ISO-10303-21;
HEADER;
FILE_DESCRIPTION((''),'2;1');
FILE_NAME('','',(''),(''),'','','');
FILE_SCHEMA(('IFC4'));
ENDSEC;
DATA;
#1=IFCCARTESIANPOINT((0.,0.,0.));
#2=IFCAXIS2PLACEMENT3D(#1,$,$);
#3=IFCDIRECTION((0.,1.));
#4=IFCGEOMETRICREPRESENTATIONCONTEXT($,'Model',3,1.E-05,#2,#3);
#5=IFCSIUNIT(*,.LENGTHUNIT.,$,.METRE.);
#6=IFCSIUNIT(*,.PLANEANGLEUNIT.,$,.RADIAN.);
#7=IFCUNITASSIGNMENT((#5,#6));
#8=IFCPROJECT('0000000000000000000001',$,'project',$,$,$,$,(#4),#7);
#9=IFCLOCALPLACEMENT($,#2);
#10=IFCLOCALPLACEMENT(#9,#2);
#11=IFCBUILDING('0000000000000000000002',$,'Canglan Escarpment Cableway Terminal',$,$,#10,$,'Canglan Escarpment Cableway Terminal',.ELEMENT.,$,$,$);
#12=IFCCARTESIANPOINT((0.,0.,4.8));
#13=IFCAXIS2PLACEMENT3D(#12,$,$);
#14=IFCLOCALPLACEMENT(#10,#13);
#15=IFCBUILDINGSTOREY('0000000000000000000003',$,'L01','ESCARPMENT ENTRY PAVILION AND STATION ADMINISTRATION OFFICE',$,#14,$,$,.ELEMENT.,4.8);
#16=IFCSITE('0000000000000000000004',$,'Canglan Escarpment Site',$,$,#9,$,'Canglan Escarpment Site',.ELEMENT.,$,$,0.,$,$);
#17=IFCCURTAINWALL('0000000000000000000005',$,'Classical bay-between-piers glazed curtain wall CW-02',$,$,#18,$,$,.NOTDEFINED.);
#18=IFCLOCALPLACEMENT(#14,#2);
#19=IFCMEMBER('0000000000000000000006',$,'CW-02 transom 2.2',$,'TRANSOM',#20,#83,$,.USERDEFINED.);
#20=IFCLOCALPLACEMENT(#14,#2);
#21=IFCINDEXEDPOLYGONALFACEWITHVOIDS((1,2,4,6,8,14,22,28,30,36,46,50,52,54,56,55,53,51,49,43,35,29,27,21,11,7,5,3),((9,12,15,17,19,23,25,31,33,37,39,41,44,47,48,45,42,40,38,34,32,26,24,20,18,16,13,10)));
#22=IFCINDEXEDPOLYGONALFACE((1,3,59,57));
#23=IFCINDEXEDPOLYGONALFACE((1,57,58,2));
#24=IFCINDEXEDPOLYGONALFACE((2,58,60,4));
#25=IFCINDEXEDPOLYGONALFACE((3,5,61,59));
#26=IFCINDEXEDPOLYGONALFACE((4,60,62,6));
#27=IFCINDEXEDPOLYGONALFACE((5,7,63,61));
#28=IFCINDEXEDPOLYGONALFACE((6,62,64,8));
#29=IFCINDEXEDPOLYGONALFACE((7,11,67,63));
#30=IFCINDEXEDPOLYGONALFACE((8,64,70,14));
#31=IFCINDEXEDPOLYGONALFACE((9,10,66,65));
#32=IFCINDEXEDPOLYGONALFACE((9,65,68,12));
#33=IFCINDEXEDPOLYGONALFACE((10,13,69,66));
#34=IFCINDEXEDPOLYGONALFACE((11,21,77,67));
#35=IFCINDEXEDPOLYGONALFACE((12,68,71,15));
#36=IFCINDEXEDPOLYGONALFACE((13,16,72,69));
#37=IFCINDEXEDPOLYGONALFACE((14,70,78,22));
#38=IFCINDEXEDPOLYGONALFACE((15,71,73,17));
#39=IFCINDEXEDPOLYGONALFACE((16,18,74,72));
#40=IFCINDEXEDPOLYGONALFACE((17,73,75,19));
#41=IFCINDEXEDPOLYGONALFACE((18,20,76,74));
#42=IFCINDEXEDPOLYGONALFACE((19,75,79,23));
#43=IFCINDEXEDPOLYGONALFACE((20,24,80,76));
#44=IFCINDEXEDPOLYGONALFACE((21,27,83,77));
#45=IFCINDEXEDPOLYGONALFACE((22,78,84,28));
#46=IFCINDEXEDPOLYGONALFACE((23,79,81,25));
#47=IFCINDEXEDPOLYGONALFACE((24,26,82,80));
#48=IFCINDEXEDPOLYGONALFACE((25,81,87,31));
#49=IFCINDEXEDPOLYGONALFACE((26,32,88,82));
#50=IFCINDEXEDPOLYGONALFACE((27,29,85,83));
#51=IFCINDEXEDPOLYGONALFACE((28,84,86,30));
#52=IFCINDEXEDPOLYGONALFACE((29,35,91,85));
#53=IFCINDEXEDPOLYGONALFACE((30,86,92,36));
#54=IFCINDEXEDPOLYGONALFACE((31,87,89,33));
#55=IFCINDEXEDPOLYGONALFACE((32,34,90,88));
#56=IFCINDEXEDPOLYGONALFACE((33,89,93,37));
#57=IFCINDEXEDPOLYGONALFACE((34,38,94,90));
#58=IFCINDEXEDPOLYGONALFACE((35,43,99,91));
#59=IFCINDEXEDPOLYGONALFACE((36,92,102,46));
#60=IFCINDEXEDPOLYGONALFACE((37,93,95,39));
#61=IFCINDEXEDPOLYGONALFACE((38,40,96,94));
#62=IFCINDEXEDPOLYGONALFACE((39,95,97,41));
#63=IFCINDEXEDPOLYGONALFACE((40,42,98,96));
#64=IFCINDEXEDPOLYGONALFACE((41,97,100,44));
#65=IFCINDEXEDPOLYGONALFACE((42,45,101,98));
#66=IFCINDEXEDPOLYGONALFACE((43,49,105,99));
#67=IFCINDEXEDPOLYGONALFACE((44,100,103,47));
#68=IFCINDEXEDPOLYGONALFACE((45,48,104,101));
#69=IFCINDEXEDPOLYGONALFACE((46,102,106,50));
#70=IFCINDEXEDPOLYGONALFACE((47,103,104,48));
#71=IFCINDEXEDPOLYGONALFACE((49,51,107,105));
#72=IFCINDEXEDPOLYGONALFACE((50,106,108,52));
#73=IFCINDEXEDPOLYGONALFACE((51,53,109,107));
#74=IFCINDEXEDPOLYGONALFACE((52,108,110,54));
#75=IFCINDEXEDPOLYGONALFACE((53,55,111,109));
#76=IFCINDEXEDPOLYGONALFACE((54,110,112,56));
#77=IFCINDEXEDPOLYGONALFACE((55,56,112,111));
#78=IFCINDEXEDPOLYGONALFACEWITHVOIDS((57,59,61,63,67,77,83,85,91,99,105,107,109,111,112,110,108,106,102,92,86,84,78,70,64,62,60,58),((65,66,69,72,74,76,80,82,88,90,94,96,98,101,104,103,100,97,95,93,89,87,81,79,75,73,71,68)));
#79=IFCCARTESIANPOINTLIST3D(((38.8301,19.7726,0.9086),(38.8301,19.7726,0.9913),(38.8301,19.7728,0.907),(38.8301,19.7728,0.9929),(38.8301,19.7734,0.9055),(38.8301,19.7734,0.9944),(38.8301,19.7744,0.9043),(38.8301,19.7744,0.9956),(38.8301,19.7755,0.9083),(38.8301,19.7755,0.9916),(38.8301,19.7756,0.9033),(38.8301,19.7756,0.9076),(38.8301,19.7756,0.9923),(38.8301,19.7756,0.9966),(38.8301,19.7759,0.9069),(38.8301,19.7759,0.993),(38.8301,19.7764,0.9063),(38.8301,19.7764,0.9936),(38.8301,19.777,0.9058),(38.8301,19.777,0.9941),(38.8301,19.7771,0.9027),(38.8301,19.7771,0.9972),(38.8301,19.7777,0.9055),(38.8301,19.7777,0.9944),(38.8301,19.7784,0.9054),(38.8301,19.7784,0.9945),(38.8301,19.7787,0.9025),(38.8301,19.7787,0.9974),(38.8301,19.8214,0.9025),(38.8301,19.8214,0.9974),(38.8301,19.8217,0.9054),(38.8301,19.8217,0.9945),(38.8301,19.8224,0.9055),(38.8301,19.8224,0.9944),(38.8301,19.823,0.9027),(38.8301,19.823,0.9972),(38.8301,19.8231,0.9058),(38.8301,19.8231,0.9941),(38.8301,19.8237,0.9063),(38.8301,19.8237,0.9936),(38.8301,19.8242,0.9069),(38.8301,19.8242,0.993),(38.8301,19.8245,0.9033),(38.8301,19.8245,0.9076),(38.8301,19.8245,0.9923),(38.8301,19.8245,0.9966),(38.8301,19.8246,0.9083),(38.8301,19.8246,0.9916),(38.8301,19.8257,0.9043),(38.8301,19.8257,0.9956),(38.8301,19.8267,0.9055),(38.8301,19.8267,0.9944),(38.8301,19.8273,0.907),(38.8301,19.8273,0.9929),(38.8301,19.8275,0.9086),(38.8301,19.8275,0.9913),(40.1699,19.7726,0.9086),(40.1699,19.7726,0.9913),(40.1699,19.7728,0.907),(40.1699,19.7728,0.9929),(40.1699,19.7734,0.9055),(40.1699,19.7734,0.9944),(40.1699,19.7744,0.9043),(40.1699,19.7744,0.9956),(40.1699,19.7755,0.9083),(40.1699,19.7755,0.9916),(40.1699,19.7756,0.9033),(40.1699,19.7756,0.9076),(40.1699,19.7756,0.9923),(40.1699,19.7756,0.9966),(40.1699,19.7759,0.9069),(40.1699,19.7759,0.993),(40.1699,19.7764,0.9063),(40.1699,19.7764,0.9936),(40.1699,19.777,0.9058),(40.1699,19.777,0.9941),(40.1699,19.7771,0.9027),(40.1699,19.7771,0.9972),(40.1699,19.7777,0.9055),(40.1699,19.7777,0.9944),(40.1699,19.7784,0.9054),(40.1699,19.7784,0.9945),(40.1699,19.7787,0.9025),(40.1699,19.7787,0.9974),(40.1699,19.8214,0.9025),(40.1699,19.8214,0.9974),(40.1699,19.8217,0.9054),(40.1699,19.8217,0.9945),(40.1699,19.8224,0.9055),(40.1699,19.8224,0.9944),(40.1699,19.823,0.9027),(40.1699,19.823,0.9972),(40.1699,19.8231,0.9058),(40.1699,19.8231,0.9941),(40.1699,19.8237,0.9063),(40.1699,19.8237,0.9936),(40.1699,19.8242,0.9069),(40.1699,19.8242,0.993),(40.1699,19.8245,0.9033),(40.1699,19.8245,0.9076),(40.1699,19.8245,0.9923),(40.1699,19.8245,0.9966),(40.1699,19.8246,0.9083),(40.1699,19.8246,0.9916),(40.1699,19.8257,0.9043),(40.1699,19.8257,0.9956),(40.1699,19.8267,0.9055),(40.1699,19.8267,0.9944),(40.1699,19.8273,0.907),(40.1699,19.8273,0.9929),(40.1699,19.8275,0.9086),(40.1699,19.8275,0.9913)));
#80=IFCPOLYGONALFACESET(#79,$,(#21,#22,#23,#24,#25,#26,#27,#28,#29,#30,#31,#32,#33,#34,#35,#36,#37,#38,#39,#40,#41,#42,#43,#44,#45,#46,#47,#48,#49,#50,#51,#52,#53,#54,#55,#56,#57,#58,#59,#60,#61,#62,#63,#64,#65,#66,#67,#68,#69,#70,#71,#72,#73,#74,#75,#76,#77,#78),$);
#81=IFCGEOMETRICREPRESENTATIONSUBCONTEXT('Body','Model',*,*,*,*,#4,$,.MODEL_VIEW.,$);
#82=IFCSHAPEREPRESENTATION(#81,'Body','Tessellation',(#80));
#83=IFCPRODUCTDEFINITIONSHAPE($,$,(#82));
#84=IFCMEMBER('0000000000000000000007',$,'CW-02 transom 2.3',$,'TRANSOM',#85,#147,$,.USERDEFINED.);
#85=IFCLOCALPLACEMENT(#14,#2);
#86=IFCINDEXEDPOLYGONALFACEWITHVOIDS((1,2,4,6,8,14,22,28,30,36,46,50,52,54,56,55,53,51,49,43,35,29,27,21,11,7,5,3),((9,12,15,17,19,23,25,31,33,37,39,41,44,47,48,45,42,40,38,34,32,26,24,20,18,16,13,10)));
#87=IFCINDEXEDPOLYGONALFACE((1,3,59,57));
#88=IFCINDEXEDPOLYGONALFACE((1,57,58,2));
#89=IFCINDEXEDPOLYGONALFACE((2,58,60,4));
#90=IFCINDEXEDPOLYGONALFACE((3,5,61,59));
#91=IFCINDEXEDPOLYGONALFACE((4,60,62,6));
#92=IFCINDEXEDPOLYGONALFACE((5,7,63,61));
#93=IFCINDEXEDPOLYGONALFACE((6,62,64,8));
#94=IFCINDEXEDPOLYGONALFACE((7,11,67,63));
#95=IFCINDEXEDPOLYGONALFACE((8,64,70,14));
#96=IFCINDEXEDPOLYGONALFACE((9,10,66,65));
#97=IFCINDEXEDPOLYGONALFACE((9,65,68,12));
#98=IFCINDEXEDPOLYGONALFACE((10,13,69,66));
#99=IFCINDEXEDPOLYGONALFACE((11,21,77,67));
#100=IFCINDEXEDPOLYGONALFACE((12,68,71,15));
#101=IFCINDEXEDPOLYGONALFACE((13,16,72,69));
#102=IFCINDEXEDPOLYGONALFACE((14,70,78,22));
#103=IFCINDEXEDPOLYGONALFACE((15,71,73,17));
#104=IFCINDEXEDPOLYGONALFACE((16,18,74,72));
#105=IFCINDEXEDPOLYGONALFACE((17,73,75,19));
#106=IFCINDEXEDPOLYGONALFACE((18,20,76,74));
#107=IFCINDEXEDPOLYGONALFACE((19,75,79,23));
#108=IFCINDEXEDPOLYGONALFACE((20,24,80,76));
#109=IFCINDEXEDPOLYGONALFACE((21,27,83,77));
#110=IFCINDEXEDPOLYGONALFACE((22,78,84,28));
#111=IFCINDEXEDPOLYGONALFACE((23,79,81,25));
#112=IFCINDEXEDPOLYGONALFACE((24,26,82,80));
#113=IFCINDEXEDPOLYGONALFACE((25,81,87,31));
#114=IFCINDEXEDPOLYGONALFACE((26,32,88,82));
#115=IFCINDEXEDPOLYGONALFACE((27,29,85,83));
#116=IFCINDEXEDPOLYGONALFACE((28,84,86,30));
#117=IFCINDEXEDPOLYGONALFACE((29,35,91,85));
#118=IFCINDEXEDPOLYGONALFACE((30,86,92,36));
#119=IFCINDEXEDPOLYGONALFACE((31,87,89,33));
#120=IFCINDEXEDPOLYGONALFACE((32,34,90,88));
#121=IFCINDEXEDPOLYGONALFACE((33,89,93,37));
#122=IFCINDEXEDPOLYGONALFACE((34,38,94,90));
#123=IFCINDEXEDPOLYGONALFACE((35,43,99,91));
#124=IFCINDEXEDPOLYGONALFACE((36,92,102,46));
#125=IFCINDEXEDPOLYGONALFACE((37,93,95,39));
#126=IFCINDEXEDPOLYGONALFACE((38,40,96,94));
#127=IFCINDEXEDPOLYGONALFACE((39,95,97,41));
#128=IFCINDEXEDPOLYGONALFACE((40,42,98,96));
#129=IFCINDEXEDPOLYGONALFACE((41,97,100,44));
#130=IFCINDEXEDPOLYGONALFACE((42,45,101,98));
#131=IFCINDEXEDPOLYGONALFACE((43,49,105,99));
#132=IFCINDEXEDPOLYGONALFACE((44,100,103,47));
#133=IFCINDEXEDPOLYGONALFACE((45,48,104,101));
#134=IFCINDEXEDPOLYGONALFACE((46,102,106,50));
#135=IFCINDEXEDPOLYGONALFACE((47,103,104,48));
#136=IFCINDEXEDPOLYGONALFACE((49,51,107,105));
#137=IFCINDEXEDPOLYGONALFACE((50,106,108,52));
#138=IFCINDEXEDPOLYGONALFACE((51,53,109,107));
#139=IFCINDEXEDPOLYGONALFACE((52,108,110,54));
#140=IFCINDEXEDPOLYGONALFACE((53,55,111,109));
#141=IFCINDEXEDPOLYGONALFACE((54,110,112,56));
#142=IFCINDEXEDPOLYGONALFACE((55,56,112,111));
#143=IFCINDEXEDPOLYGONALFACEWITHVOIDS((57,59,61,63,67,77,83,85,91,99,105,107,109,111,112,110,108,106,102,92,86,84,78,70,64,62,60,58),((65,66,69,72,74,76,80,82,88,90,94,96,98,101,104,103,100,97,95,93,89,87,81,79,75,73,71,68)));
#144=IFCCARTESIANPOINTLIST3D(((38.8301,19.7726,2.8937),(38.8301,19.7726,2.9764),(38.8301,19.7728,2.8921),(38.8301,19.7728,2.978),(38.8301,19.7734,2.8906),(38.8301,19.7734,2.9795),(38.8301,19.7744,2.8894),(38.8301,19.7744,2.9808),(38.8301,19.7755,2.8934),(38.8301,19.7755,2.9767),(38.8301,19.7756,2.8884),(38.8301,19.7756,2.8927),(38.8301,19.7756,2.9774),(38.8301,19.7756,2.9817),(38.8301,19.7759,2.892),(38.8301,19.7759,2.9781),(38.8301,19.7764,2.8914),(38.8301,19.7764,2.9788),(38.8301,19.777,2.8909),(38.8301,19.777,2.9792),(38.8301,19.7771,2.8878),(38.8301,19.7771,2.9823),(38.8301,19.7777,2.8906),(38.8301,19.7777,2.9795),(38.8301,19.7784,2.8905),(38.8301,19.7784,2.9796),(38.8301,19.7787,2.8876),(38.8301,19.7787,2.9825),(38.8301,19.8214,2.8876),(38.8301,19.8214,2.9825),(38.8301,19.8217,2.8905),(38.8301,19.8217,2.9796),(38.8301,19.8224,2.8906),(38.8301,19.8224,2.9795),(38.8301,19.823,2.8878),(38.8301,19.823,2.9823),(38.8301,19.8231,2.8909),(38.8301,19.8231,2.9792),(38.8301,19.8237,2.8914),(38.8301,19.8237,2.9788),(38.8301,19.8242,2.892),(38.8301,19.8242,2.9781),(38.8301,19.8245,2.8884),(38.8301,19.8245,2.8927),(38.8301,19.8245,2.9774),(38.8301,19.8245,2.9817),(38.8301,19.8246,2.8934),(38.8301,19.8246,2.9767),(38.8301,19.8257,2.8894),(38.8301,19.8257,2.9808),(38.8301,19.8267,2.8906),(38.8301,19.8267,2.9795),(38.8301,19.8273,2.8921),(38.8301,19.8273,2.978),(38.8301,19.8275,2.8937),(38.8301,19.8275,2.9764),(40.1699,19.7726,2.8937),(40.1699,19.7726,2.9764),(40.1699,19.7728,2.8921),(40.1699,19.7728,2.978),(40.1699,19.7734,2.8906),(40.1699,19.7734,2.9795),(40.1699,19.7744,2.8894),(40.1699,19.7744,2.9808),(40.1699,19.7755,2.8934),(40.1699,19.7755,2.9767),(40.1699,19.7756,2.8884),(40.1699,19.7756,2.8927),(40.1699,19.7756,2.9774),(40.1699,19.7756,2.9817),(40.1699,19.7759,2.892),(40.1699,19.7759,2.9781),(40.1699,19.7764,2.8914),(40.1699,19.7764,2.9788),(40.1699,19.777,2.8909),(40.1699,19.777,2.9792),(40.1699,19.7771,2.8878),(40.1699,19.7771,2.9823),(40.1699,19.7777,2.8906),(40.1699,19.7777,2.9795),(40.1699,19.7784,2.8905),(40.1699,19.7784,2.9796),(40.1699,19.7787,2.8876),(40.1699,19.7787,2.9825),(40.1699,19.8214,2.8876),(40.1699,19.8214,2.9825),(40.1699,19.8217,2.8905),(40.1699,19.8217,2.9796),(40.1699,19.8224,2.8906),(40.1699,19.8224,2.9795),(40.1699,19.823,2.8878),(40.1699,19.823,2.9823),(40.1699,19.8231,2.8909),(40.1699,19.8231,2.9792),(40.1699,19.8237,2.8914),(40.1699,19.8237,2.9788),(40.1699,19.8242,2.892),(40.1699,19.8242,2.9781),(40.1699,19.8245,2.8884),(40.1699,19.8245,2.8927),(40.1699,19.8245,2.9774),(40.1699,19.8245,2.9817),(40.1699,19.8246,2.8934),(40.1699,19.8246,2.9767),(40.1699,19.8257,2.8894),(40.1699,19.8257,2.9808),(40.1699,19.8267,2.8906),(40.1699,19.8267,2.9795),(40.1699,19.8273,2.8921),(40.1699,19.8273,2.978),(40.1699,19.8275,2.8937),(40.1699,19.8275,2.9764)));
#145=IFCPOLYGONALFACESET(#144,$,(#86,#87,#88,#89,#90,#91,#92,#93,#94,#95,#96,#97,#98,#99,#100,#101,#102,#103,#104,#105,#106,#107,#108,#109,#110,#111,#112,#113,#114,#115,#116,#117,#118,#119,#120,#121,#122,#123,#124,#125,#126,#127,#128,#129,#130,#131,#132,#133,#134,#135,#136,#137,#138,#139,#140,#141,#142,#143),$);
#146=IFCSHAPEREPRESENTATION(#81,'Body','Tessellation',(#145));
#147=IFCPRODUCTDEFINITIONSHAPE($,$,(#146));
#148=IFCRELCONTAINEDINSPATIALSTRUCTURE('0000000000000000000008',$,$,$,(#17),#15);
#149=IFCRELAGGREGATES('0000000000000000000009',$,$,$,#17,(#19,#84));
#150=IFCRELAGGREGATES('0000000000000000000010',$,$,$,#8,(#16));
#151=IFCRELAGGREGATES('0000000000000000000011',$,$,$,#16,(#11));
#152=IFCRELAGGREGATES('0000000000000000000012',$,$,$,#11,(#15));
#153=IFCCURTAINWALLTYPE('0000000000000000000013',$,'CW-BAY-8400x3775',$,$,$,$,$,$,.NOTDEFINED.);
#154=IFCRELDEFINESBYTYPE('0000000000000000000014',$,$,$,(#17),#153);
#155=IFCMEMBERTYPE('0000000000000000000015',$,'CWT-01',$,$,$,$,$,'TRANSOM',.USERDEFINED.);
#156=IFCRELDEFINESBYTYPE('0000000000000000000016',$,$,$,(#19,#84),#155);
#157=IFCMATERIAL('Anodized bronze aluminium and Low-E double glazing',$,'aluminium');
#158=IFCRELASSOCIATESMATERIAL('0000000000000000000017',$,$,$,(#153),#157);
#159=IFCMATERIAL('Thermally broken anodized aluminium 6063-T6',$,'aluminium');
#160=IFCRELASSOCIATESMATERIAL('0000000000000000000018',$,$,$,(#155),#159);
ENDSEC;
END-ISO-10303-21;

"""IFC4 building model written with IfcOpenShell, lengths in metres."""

from ifc_helpers import new_model, si_unit, direction, frame, origin, origin_2d, place, context, subcontext, project, spatial, hollow_rectangle, extrude, material, material_profile, profile_set, type_object, element, aggregate, save


model = new_model("IFC4")

# Units and contexts
model_context = context("Model", 3, precision=1e-05, world=origin(), true_north=direction((0.0, 1.0)))
body_context = subcontext(model_context, "Body", "Model", "MODEL_VIEW")
ifc_project = project(units=[si_unit("LENGTHUNIT", "METRE"), si_unit("PLANEANGLEUNIT", "RADIAN")], contexts=[model_context])

# Site, building, storey
site_placement = place(None, origin())
site = spatial("IfcSite", under=ifc_project, at=site_placement, Name="Canglan Escarpment Site", LongName="Canglan Escarpment Site", CompositionType="ELEMENT", RefElevation=0.0)
building_placement = place(site_placement, origin())
building = spatial("IfcBuilding", under=site, at=building_placement, Name="Canglan Escarpment Cableway Terminal", LongName="Canglan Escarpment Cableway Terminal", CompositionType="ELEMENT")
storey_placement = place(building_placement, frame((0.0, 0.0, 4.8)))
storey = spatial("IfcBuildingStorey", under=building, at=storey_placement, Name="L01", Description="ESCARPMENT ENTRY PAVILION AND STATION ADMINISTRATION OFFICE", CompositionType="ELEMENT", Elevation=4.8)

# Curtain wall, members
ifc_material_1 = material(Name="Anodized bronze aluminium and Low-E double glazing", Category="aluminium")
curtain_wall_type = type_object("IfcCurtainWallType", Name="CW-BAY-8400x3775", PredefinedType="NOTDEFINED", material=ifc_material_1)
curtain_wall_placement = place(storey_placement, origin())
curtain_wall = element("IfcCurtainWall", 1, at=curtain_wall_placement, inside=storey, type_object=curtain_wall_type, Name="Classical bay-between-piers glazed curtain wall CW-02", PredefinedType="NOTDEFINED")
ifc_material_2 = material(Name="Thermally broken anodized aluminium 6063-T6", Category="aluminium")
ifc_material_profile_1 = material_profile(ifc_material_2, hollow_rectangle(XDim=0.0549, YDim=0.095, WallThickness=0.0029, InnerFilletRadius=0.0029, OuterFilletRadius=0.0061, at=origin_2d()), Name="ALU-TRAN 55x95x3")
ifc_profile_set_1 = profile_set([ifc_material_profile_1], Name="Thermally broken anodized aluminium 6063-T6")
member_type_1 = type_object("IfcMemberType", Name="CWT-01", ElementType="TRANSOM", PredefinedType="USERDEFINED", material=ifc_profile_set_1)
member_1_placement = place(storey_placement, frame((40.1699, 19.8, 0.95), z_axis=(-1.0, 0.0, 0.0), x_axis=(0.0, -1.0, 0.0)))
member_1 = element("IfcMember", 2, at=member_1_placement, type_object=member_type_1, Name="CW-02 transom 2.2", ObjectType="TRANSOM", PredefinedType="USERDEFINED", context=body_context, shape_type="SweptSolid", body=[
    extrude(hollow_rectangle(XDim=0.0549, YDim=0.095, WallThickness=0.0029, InnerFilletRadius=0.0029, OuterFilletRadius=0.0061, at=origin_2d()), origin(), (0.0, 0.0, 1.0), 1.3398),
])
member_2_placement = place(storey_placement, frame((40.1699, 19.8, 2.9351), z_axis=(-1.0, 0.0, 0.0), x_axis=(0.0, -1.0, 0.0)))
member_2 = element("IfcMember", 3, at=member_2_placement, type_object=member_type_1, Name="CW-02 transom 2.3", ObjectType="TRANSOM", PredefinedType="USERDEFINED", context=body_context, shape_type="SweptSolid", body=[
    extrude(hollow_rectangle(XDim=0.0549, YDim=0.095, WallThickness=0.0029, InnerFilletRadius=0.0029, OuterFilletRadius=0.0061, at=origin_2d()), origin(), (0.0, 0.0, 1.0), 1.3398),
])
aggregate(curtain_wall, [member_1, member_2])

save(model, "model.ifc")
